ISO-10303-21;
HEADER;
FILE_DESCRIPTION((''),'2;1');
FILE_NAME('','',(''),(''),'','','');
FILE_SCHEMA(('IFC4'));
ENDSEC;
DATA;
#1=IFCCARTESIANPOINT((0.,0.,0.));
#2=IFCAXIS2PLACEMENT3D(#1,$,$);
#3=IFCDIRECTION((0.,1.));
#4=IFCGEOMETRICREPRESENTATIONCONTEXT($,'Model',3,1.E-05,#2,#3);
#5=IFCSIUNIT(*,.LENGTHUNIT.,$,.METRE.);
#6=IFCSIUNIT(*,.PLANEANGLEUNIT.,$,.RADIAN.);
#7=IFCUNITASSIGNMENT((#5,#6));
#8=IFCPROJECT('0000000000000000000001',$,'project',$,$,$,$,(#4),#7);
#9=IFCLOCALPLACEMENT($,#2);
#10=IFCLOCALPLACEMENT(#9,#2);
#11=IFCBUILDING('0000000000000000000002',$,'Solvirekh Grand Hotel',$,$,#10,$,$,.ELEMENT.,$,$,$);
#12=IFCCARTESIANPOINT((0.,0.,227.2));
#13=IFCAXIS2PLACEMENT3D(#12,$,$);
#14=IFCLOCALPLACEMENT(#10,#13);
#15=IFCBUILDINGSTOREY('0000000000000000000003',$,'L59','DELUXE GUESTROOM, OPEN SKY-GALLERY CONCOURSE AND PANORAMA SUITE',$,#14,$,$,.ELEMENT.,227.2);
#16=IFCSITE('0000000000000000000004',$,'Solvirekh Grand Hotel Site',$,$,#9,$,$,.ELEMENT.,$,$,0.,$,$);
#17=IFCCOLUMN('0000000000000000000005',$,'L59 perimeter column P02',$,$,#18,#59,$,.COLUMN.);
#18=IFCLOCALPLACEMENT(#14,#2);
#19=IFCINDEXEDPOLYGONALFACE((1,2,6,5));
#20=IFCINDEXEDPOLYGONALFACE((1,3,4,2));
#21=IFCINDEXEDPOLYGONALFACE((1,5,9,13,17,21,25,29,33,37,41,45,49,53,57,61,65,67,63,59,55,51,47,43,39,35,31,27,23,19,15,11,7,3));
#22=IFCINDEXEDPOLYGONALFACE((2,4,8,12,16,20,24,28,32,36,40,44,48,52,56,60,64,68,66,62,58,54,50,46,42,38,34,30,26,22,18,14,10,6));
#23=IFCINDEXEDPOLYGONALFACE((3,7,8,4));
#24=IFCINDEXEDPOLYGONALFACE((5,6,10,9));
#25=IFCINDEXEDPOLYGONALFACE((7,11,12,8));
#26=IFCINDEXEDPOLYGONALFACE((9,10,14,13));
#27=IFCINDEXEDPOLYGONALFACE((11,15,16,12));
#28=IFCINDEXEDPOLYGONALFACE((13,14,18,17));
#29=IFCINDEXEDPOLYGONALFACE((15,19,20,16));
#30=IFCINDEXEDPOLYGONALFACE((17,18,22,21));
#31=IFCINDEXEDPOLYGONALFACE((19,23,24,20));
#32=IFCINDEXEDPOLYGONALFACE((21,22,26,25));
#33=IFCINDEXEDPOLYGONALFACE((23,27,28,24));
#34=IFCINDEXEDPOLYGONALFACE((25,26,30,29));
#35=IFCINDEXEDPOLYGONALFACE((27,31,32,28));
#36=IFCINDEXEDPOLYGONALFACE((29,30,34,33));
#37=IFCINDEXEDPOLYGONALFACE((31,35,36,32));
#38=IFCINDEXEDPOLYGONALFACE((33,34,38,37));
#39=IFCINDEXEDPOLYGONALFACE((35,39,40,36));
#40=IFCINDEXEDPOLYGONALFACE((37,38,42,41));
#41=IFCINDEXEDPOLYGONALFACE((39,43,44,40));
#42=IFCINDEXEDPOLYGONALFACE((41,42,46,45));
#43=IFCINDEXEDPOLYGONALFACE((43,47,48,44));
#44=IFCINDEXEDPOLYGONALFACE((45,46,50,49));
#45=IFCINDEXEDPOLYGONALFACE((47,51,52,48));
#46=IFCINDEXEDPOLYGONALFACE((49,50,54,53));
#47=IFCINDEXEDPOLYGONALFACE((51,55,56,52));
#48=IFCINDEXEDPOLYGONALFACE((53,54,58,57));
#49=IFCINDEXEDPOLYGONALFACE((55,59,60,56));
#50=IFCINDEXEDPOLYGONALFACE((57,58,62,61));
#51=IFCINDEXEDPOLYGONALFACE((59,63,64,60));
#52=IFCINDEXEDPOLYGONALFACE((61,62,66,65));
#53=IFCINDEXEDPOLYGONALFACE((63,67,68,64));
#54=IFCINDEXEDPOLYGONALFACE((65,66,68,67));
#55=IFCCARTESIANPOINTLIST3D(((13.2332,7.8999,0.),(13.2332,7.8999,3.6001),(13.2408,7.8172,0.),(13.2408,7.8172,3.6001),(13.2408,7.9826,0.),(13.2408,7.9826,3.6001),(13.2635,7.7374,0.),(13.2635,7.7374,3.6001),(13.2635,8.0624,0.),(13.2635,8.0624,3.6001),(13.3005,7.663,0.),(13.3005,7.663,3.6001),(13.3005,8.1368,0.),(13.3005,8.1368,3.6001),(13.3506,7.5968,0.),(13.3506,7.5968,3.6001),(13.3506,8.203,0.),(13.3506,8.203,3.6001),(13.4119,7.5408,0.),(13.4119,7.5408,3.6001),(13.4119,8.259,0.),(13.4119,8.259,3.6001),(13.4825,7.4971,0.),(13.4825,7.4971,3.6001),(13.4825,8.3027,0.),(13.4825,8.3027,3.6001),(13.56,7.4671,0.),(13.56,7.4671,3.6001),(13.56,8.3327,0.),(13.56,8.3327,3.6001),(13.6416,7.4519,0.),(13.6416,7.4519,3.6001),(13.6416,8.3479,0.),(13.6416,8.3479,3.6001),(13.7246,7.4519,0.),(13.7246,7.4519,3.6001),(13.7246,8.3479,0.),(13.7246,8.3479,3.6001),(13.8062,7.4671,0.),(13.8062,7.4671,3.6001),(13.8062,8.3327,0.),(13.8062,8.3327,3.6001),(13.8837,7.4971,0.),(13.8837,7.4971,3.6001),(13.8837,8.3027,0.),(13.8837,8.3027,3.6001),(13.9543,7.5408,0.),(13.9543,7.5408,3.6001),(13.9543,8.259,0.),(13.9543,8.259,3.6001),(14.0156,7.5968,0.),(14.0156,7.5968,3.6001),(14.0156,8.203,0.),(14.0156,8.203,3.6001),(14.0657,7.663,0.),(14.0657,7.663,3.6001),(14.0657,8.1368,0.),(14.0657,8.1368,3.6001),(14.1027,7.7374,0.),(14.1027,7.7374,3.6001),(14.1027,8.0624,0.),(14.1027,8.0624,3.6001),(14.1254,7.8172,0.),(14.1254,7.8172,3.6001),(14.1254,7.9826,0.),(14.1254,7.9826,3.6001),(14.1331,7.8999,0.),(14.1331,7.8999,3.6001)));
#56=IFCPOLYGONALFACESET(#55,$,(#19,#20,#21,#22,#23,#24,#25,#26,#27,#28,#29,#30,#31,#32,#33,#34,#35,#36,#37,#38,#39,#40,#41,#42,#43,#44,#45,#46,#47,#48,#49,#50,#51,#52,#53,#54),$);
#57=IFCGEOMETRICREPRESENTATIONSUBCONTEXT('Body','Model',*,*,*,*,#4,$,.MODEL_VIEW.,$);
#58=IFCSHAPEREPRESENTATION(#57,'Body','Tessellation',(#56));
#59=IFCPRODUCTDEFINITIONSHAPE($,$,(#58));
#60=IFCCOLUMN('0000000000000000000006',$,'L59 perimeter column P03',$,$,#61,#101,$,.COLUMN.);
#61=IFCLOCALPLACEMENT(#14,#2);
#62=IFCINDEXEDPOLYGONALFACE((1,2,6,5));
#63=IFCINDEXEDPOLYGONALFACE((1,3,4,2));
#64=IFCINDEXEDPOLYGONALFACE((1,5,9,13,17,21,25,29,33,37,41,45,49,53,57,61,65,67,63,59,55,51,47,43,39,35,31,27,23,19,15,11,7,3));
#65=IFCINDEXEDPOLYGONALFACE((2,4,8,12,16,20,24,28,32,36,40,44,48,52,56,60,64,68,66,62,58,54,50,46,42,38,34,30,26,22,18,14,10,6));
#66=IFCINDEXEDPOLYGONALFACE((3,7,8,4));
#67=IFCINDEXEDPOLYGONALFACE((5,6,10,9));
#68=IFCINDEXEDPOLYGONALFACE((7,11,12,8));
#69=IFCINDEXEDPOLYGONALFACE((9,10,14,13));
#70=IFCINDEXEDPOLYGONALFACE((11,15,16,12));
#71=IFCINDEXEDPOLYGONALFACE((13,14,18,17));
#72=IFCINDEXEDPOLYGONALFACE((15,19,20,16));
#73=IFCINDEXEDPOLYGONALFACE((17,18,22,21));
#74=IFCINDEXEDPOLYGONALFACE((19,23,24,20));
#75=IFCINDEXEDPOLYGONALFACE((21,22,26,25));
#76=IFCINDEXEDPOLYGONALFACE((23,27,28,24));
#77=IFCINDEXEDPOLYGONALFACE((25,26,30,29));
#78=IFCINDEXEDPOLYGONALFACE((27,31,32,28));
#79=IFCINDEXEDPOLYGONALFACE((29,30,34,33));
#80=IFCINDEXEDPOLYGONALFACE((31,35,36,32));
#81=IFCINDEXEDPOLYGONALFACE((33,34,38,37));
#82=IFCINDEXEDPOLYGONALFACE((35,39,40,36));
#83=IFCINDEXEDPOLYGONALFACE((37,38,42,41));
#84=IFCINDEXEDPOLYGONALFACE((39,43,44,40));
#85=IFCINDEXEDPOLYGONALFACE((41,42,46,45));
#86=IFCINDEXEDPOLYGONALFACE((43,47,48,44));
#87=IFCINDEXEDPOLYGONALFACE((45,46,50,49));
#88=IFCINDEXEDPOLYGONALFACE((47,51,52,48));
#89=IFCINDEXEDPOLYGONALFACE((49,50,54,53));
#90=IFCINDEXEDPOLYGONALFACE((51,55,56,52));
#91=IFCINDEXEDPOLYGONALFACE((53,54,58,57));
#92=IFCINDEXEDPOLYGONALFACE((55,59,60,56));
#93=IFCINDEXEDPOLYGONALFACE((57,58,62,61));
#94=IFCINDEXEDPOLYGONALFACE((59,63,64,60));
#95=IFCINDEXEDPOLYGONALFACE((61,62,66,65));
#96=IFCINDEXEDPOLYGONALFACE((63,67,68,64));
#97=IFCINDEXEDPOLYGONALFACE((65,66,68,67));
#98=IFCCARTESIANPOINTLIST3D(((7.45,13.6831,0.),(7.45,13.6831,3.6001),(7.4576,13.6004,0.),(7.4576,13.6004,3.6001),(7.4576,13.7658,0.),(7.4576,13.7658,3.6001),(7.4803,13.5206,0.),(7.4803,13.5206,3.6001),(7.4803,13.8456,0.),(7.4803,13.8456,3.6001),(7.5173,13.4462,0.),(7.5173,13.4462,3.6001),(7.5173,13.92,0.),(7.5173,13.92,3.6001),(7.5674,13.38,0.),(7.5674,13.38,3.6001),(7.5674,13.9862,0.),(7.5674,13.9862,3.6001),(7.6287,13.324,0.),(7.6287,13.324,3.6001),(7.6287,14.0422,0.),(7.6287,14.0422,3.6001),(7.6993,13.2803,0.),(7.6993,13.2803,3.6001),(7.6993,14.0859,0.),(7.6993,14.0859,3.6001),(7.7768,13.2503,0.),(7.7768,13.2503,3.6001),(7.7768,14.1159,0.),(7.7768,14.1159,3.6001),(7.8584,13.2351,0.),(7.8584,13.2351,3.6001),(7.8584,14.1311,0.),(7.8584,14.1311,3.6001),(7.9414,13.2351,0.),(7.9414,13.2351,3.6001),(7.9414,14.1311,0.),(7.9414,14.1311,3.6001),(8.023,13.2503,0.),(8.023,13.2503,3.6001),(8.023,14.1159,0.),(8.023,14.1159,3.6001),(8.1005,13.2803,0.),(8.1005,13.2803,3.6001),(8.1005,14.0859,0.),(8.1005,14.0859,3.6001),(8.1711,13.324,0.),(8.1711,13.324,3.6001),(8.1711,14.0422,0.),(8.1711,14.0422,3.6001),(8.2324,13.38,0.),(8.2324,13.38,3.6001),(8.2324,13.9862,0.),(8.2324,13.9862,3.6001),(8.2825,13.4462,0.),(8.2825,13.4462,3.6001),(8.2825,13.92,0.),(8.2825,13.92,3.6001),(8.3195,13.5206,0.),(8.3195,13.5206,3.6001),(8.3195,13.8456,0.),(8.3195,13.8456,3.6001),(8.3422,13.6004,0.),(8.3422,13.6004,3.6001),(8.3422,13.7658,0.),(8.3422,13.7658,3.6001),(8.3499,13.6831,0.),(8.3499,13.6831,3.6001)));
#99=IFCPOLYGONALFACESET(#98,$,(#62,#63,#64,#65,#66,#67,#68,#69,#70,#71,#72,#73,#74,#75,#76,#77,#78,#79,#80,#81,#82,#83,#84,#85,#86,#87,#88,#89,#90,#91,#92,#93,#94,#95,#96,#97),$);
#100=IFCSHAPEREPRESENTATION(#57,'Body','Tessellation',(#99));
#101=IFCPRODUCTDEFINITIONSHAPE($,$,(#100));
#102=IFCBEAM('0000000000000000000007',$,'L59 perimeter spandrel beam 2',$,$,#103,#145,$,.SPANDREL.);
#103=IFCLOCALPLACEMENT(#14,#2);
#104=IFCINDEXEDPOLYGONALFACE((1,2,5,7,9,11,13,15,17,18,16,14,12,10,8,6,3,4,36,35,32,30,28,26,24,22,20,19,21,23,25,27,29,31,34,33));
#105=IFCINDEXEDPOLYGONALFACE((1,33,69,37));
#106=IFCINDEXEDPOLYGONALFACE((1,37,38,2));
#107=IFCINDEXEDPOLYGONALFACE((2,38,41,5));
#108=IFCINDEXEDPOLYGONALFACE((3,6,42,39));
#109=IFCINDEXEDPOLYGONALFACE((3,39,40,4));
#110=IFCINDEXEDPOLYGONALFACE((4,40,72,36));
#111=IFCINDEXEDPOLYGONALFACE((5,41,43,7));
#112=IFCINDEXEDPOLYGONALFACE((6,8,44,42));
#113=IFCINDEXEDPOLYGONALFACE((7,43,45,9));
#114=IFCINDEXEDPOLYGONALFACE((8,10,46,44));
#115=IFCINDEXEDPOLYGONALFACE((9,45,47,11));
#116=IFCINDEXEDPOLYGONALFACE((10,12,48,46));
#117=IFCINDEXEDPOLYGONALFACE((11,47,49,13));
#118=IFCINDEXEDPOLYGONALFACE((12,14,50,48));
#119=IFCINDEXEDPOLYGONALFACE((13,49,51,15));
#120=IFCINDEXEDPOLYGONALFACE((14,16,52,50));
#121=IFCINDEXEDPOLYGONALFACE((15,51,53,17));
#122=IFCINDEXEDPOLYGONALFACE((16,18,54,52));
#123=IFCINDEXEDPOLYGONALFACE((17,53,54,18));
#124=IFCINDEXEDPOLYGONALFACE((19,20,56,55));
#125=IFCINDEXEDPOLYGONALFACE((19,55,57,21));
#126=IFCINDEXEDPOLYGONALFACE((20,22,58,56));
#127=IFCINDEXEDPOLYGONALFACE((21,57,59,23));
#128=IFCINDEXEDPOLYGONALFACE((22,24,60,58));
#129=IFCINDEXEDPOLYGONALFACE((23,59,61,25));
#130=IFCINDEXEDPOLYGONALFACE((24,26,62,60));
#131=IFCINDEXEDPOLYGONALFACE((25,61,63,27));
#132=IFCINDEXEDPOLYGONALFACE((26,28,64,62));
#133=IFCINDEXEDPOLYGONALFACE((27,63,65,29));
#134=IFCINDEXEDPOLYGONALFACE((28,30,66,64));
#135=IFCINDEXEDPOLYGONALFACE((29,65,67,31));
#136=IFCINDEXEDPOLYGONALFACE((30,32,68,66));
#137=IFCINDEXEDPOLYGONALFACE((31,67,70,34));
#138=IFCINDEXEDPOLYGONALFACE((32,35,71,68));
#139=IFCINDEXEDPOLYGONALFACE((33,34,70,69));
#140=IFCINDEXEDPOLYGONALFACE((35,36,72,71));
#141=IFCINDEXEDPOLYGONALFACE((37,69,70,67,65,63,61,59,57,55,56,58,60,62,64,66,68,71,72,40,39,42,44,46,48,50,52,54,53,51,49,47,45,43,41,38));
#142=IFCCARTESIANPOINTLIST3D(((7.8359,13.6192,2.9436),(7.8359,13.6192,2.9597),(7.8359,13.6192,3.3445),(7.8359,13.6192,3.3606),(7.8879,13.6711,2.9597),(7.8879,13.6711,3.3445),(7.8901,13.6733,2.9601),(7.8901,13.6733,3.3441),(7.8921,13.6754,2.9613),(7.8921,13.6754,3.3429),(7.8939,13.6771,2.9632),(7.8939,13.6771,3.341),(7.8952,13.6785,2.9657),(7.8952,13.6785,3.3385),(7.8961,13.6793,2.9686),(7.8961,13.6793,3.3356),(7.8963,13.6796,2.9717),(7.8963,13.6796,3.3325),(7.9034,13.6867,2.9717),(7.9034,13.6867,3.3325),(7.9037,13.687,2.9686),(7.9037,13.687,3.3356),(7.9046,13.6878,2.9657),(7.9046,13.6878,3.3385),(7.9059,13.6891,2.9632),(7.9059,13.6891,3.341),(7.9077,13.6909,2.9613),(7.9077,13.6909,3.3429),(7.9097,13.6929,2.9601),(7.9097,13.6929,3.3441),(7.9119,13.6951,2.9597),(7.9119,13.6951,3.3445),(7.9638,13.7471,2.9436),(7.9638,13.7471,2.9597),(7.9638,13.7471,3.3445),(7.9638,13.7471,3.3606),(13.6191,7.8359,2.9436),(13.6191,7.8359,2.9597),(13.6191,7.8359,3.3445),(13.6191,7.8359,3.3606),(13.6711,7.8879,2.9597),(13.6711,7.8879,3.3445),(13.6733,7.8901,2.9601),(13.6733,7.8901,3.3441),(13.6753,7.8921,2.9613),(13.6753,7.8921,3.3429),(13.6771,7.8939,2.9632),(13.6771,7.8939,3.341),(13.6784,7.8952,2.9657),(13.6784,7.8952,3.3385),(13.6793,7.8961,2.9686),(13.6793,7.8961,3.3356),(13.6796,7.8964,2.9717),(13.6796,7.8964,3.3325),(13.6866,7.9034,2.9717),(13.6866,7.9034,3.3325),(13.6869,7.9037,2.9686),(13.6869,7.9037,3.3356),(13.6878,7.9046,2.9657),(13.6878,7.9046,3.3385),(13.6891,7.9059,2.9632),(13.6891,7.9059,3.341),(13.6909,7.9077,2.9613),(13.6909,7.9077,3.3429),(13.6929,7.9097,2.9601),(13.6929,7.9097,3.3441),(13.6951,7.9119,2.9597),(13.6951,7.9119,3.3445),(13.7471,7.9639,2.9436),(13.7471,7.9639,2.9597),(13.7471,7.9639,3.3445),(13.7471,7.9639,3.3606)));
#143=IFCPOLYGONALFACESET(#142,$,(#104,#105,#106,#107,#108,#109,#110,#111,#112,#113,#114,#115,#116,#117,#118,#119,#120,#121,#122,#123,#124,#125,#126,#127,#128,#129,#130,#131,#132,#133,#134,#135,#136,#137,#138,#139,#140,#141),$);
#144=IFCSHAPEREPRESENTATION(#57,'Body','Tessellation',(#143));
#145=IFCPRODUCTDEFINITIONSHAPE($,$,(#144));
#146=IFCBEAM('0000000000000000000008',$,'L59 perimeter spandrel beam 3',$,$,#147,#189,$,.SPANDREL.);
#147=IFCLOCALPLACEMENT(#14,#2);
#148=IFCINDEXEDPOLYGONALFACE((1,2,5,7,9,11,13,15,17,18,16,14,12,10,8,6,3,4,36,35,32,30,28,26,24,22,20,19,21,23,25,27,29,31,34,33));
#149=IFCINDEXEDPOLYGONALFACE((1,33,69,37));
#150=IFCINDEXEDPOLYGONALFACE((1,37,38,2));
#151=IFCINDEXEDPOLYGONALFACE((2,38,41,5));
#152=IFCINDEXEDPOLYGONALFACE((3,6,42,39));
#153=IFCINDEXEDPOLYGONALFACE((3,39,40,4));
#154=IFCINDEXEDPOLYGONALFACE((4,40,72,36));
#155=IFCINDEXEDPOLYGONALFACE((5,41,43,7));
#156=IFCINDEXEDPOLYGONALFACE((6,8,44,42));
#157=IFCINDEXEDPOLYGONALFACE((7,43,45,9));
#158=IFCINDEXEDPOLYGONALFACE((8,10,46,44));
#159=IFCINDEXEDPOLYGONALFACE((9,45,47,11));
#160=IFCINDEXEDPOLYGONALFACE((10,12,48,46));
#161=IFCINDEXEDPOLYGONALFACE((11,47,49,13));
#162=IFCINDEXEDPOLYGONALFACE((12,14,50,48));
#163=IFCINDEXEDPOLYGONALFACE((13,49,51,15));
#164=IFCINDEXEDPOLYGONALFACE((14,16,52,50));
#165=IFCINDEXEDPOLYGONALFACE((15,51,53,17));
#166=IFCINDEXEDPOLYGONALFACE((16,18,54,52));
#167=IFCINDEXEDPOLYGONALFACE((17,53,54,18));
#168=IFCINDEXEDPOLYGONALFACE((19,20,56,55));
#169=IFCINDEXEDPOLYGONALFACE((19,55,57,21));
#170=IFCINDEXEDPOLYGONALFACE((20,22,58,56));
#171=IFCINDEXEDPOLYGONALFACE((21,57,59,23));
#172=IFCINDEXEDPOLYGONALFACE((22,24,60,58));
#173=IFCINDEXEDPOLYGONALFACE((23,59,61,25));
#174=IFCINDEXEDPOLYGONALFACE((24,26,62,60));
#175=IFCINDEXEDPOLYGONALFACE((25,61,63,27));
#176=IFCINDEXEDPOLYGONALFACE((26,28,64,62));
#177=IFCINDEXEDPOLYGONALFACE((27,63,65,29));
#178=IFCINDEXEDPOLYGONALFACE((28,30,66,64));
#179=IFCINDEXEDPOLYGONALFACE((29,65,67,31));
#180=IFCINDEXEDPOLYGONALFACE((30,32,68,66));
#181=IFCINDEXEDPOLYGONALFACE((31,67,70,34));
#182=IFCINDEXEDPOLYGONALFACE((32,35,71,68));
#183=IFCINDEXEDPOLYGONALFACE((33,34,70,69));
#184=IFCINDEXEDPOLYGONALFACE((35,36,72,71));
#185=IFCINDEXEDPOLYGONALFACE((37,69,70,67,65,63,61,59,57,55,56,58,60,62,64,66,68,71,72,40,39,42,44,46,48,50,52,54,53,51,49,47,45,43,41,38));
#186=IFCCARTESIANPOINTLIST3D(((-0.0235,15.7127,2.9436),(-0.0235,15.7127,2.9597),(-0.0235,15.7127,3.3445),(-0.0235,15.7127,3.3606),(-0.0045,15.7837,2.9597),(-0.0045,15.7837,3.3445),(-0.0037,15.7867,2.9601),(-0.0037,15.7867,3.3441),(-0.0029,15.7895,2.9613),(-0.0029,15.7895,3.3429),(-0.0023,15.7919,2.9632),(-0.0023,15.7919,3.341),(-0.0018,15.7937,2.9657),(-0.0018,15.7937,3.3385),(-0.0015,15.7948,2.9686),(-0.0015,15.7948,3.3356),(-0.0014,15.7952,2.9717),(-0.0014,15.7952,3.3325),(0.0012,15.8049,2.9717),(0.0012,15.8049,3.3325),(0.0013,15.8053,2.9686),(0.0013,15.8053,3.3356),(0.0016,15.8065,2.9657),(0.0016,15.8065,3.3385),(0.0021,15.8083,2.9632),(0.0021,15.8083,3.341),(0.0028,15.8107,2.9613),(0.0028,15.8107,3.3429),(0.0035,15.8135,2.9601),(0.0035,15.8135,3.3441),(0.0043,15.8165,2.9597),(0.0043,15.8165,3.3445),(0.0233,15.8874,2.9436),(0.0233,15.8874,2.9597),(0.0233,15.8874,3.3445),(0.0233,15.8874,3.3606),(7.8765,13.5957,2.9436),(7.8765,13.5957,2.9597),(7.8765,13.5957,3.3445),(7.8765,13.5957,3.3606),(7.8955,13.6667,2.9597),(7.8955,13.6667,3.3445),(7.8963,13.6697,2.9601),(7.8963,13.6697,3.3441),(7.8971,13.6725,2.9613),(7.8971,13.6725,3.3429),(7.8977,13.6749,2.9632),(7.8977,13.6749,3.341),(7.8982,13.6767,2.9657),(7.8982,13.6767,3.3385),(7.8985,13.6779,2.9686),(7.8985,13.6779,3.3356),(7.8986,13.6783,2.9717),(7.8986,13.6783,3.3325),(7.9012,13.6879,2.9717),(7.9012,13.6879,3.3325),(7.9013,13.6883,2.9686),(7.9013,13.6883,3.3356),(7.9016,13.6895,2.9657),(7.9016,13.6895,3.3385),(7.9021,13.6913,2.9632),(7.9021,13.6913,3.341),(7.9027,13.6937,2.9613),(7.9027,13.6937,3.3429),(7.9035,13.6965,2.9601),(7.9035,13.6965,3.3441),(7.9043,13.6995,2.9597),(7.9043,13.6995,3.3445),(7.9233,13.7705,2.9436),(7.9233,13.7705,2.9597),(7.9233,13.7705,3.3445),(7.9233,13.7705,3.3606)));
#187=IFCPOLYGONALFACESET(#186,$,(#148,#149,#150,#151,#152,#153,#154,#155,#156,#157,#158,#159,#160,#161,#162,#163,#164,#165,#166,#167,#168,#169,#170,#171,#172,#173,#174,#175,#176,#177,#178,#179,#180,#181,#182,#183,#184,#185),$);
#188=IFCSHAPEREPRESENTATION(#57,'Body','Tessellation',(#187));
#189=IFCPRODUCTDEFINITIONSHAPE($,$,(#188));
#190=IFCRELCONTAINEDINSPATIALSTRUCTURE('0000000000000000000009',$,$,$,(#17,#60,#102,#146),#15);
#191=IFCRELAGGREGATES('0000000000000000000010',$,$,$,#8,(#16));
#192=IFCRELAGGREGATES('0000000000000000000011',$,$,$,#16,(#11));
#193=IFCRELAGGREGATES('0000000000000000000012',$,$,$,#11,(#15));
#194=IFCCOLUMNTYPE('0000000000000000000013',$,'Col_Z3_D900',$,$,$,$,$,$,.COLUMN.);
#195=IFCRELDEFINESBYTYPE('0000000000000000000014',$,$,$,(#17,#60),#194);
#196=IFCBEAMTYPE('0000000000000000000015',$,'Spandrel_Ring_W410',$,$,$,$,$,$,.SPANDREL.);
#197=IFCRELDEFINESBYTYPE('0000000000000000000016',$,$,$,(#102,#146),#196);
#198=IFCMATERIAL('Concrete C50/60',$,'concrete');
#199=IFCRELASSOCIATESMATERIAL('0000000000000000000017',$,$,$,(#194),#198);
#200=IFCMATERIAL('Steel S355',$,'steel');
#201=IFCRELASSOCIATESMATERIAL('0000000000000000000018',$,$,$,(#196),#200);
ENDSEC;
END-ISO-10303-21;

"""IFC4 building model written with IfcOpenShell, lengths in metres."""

from ifc_helpers import new_model, si_unit, direction, frame, origin, origin_2d, place, context, subcontext, project, spatial, circle, i_section, extrude, material, material_profile, profile_set, type_object, element, save


model = new_model("IFC4")

# Units and contexts
model_context = context("Model", 3, precision=1e-05, world=origin(), true_north=direction((0.0, 1.0)))
body_context = subcontext(model_context, "Body", "Model", "MODEL_VIEW")
ifc_project = project(units=[si_unit("LENGTHUNIT", "METRE"), si_unit("PLANEANGLEUNIT", "RADIAN")], contexts=[model_context])

# Site, building, storey
site_placement = place(None, origin())
site = spatial("IfcSite", under=ifc_project, at=site_placement, Name="Solvirekh Grand Hotel Site", CompositionType="ELEMENT", RefElevation=0.0)
building_placement = place(site_placement, origin())
building = spatial("IfcBuilding", under=site, at=building_placement, Name="Solvirekh Grand Hotel", CompositionType="ELEMENT")
storey_placement = place(building_placement, frame((0.0, 0.0, 227.2)))
storey = spatial("IfcBuildingStorey", under=building, at=storey_placement, Name="L59", Description="DELUXE GUESTROOM, OPEN SKY-GALLERY CONCOURSE AND PANORAMA SUITE", CompositionType="ELEMENT", Elevation=227.2)

# Columns
ifc_material_1 = material(Name="Concrete C50/60", Category="concrete")
ifc_material_profile_1 = material_profile(ifc_material_1, circle(Radius=0.45, at=origin_2d()), Name="RC CIRC D900")
ifc_profile_set_1 = profile_set([ifc_material_profile_1], Name="Concrete C50/60")
column_type = type_object("IfcColumnType", Name="Col_Z3_D900", PredefinedType="COLUMN", material=ifc_profile_set_1)
for number, where, z_axis, x_axis, name in (
    (1, (13.6831, 7.8999, 0.0), (0.0, 0.0, 1.0), (1.0, 0.0, 0.0), "L59 perimeter column P02"),
    (2, (7.8999, 13.6831, 0.0), (0.0, 0.0, 1.0), (1.0, 0.0, 0.0), "L59 perimeter column P03"),
):
    element("IfcColumn", number, at=place(storey_placement, frame(where, z_axis=z_axis, x_axis=x_axis)), inside=storey, type_object=column_type, Name=name, PredefinedType="COLUMN", context=body_context, shape_type="SweptSolid", body=[
        extrude(circle(Radius=0.45, at=origin_2d()), origin(), (0.0, 0.0, 1.0), 3.6001),
    ])

# Beams
ifc_material_2 = material(Name="Steel S355", Category="steel")
ifc_material_profile_2 = material_profile(ifc_material_2, i_section(OverallWidth=0.1809, OverallDepth=0.417, WebThickness=0.01, FlangeThickness=0.0161, FilletRadius=0.012, at=origin_2d()), Name="W410X85")
ifc_profile_set_2 = profile_set([ifc_material_profile_2], Name="Steel S355")
beam_type = type_object("IfcBeamType", Name="Spandrel_Ring_W410", PredefinedType="SPANDREL", material=ifc_profile_set_2)
for number, where, z_axis, x_axis, name in (
    (3, (13.6831, 7.8999, 3.1521), (-0.707107, 0.707107, 0.0), (-0.707107, -0.707107, 0.0), "L59 perimeter spandrel beam 2"),
    (4, (7.8999, 13.6831, 3.1521), (-0.965921, 0.258839, 0.0), (-0.258839, -0.965921, 0.0), "L59 perimeter spandrel beam 3"),
):
    element("IfcBeam", number, at=place(storey_placement, frame(where, z_axis=z_axis, x_axis=x_axis)), inside=storey, type_object=beam_type, Name=name, PredefinedType="SPANDREL", context=body_context, shape_type="SweptSolid", body=[
        extrude(i_section(OverallWidth=0.1809, OverallDepth=0.417, WebThickness=0.01, FlangeThickness=0.0161, FilletRadius=0.012, at=origin_2d()), origin(), (0.0, 0.0, 1.0), 8.1787),
    ])

save(model, "model.ifc")
